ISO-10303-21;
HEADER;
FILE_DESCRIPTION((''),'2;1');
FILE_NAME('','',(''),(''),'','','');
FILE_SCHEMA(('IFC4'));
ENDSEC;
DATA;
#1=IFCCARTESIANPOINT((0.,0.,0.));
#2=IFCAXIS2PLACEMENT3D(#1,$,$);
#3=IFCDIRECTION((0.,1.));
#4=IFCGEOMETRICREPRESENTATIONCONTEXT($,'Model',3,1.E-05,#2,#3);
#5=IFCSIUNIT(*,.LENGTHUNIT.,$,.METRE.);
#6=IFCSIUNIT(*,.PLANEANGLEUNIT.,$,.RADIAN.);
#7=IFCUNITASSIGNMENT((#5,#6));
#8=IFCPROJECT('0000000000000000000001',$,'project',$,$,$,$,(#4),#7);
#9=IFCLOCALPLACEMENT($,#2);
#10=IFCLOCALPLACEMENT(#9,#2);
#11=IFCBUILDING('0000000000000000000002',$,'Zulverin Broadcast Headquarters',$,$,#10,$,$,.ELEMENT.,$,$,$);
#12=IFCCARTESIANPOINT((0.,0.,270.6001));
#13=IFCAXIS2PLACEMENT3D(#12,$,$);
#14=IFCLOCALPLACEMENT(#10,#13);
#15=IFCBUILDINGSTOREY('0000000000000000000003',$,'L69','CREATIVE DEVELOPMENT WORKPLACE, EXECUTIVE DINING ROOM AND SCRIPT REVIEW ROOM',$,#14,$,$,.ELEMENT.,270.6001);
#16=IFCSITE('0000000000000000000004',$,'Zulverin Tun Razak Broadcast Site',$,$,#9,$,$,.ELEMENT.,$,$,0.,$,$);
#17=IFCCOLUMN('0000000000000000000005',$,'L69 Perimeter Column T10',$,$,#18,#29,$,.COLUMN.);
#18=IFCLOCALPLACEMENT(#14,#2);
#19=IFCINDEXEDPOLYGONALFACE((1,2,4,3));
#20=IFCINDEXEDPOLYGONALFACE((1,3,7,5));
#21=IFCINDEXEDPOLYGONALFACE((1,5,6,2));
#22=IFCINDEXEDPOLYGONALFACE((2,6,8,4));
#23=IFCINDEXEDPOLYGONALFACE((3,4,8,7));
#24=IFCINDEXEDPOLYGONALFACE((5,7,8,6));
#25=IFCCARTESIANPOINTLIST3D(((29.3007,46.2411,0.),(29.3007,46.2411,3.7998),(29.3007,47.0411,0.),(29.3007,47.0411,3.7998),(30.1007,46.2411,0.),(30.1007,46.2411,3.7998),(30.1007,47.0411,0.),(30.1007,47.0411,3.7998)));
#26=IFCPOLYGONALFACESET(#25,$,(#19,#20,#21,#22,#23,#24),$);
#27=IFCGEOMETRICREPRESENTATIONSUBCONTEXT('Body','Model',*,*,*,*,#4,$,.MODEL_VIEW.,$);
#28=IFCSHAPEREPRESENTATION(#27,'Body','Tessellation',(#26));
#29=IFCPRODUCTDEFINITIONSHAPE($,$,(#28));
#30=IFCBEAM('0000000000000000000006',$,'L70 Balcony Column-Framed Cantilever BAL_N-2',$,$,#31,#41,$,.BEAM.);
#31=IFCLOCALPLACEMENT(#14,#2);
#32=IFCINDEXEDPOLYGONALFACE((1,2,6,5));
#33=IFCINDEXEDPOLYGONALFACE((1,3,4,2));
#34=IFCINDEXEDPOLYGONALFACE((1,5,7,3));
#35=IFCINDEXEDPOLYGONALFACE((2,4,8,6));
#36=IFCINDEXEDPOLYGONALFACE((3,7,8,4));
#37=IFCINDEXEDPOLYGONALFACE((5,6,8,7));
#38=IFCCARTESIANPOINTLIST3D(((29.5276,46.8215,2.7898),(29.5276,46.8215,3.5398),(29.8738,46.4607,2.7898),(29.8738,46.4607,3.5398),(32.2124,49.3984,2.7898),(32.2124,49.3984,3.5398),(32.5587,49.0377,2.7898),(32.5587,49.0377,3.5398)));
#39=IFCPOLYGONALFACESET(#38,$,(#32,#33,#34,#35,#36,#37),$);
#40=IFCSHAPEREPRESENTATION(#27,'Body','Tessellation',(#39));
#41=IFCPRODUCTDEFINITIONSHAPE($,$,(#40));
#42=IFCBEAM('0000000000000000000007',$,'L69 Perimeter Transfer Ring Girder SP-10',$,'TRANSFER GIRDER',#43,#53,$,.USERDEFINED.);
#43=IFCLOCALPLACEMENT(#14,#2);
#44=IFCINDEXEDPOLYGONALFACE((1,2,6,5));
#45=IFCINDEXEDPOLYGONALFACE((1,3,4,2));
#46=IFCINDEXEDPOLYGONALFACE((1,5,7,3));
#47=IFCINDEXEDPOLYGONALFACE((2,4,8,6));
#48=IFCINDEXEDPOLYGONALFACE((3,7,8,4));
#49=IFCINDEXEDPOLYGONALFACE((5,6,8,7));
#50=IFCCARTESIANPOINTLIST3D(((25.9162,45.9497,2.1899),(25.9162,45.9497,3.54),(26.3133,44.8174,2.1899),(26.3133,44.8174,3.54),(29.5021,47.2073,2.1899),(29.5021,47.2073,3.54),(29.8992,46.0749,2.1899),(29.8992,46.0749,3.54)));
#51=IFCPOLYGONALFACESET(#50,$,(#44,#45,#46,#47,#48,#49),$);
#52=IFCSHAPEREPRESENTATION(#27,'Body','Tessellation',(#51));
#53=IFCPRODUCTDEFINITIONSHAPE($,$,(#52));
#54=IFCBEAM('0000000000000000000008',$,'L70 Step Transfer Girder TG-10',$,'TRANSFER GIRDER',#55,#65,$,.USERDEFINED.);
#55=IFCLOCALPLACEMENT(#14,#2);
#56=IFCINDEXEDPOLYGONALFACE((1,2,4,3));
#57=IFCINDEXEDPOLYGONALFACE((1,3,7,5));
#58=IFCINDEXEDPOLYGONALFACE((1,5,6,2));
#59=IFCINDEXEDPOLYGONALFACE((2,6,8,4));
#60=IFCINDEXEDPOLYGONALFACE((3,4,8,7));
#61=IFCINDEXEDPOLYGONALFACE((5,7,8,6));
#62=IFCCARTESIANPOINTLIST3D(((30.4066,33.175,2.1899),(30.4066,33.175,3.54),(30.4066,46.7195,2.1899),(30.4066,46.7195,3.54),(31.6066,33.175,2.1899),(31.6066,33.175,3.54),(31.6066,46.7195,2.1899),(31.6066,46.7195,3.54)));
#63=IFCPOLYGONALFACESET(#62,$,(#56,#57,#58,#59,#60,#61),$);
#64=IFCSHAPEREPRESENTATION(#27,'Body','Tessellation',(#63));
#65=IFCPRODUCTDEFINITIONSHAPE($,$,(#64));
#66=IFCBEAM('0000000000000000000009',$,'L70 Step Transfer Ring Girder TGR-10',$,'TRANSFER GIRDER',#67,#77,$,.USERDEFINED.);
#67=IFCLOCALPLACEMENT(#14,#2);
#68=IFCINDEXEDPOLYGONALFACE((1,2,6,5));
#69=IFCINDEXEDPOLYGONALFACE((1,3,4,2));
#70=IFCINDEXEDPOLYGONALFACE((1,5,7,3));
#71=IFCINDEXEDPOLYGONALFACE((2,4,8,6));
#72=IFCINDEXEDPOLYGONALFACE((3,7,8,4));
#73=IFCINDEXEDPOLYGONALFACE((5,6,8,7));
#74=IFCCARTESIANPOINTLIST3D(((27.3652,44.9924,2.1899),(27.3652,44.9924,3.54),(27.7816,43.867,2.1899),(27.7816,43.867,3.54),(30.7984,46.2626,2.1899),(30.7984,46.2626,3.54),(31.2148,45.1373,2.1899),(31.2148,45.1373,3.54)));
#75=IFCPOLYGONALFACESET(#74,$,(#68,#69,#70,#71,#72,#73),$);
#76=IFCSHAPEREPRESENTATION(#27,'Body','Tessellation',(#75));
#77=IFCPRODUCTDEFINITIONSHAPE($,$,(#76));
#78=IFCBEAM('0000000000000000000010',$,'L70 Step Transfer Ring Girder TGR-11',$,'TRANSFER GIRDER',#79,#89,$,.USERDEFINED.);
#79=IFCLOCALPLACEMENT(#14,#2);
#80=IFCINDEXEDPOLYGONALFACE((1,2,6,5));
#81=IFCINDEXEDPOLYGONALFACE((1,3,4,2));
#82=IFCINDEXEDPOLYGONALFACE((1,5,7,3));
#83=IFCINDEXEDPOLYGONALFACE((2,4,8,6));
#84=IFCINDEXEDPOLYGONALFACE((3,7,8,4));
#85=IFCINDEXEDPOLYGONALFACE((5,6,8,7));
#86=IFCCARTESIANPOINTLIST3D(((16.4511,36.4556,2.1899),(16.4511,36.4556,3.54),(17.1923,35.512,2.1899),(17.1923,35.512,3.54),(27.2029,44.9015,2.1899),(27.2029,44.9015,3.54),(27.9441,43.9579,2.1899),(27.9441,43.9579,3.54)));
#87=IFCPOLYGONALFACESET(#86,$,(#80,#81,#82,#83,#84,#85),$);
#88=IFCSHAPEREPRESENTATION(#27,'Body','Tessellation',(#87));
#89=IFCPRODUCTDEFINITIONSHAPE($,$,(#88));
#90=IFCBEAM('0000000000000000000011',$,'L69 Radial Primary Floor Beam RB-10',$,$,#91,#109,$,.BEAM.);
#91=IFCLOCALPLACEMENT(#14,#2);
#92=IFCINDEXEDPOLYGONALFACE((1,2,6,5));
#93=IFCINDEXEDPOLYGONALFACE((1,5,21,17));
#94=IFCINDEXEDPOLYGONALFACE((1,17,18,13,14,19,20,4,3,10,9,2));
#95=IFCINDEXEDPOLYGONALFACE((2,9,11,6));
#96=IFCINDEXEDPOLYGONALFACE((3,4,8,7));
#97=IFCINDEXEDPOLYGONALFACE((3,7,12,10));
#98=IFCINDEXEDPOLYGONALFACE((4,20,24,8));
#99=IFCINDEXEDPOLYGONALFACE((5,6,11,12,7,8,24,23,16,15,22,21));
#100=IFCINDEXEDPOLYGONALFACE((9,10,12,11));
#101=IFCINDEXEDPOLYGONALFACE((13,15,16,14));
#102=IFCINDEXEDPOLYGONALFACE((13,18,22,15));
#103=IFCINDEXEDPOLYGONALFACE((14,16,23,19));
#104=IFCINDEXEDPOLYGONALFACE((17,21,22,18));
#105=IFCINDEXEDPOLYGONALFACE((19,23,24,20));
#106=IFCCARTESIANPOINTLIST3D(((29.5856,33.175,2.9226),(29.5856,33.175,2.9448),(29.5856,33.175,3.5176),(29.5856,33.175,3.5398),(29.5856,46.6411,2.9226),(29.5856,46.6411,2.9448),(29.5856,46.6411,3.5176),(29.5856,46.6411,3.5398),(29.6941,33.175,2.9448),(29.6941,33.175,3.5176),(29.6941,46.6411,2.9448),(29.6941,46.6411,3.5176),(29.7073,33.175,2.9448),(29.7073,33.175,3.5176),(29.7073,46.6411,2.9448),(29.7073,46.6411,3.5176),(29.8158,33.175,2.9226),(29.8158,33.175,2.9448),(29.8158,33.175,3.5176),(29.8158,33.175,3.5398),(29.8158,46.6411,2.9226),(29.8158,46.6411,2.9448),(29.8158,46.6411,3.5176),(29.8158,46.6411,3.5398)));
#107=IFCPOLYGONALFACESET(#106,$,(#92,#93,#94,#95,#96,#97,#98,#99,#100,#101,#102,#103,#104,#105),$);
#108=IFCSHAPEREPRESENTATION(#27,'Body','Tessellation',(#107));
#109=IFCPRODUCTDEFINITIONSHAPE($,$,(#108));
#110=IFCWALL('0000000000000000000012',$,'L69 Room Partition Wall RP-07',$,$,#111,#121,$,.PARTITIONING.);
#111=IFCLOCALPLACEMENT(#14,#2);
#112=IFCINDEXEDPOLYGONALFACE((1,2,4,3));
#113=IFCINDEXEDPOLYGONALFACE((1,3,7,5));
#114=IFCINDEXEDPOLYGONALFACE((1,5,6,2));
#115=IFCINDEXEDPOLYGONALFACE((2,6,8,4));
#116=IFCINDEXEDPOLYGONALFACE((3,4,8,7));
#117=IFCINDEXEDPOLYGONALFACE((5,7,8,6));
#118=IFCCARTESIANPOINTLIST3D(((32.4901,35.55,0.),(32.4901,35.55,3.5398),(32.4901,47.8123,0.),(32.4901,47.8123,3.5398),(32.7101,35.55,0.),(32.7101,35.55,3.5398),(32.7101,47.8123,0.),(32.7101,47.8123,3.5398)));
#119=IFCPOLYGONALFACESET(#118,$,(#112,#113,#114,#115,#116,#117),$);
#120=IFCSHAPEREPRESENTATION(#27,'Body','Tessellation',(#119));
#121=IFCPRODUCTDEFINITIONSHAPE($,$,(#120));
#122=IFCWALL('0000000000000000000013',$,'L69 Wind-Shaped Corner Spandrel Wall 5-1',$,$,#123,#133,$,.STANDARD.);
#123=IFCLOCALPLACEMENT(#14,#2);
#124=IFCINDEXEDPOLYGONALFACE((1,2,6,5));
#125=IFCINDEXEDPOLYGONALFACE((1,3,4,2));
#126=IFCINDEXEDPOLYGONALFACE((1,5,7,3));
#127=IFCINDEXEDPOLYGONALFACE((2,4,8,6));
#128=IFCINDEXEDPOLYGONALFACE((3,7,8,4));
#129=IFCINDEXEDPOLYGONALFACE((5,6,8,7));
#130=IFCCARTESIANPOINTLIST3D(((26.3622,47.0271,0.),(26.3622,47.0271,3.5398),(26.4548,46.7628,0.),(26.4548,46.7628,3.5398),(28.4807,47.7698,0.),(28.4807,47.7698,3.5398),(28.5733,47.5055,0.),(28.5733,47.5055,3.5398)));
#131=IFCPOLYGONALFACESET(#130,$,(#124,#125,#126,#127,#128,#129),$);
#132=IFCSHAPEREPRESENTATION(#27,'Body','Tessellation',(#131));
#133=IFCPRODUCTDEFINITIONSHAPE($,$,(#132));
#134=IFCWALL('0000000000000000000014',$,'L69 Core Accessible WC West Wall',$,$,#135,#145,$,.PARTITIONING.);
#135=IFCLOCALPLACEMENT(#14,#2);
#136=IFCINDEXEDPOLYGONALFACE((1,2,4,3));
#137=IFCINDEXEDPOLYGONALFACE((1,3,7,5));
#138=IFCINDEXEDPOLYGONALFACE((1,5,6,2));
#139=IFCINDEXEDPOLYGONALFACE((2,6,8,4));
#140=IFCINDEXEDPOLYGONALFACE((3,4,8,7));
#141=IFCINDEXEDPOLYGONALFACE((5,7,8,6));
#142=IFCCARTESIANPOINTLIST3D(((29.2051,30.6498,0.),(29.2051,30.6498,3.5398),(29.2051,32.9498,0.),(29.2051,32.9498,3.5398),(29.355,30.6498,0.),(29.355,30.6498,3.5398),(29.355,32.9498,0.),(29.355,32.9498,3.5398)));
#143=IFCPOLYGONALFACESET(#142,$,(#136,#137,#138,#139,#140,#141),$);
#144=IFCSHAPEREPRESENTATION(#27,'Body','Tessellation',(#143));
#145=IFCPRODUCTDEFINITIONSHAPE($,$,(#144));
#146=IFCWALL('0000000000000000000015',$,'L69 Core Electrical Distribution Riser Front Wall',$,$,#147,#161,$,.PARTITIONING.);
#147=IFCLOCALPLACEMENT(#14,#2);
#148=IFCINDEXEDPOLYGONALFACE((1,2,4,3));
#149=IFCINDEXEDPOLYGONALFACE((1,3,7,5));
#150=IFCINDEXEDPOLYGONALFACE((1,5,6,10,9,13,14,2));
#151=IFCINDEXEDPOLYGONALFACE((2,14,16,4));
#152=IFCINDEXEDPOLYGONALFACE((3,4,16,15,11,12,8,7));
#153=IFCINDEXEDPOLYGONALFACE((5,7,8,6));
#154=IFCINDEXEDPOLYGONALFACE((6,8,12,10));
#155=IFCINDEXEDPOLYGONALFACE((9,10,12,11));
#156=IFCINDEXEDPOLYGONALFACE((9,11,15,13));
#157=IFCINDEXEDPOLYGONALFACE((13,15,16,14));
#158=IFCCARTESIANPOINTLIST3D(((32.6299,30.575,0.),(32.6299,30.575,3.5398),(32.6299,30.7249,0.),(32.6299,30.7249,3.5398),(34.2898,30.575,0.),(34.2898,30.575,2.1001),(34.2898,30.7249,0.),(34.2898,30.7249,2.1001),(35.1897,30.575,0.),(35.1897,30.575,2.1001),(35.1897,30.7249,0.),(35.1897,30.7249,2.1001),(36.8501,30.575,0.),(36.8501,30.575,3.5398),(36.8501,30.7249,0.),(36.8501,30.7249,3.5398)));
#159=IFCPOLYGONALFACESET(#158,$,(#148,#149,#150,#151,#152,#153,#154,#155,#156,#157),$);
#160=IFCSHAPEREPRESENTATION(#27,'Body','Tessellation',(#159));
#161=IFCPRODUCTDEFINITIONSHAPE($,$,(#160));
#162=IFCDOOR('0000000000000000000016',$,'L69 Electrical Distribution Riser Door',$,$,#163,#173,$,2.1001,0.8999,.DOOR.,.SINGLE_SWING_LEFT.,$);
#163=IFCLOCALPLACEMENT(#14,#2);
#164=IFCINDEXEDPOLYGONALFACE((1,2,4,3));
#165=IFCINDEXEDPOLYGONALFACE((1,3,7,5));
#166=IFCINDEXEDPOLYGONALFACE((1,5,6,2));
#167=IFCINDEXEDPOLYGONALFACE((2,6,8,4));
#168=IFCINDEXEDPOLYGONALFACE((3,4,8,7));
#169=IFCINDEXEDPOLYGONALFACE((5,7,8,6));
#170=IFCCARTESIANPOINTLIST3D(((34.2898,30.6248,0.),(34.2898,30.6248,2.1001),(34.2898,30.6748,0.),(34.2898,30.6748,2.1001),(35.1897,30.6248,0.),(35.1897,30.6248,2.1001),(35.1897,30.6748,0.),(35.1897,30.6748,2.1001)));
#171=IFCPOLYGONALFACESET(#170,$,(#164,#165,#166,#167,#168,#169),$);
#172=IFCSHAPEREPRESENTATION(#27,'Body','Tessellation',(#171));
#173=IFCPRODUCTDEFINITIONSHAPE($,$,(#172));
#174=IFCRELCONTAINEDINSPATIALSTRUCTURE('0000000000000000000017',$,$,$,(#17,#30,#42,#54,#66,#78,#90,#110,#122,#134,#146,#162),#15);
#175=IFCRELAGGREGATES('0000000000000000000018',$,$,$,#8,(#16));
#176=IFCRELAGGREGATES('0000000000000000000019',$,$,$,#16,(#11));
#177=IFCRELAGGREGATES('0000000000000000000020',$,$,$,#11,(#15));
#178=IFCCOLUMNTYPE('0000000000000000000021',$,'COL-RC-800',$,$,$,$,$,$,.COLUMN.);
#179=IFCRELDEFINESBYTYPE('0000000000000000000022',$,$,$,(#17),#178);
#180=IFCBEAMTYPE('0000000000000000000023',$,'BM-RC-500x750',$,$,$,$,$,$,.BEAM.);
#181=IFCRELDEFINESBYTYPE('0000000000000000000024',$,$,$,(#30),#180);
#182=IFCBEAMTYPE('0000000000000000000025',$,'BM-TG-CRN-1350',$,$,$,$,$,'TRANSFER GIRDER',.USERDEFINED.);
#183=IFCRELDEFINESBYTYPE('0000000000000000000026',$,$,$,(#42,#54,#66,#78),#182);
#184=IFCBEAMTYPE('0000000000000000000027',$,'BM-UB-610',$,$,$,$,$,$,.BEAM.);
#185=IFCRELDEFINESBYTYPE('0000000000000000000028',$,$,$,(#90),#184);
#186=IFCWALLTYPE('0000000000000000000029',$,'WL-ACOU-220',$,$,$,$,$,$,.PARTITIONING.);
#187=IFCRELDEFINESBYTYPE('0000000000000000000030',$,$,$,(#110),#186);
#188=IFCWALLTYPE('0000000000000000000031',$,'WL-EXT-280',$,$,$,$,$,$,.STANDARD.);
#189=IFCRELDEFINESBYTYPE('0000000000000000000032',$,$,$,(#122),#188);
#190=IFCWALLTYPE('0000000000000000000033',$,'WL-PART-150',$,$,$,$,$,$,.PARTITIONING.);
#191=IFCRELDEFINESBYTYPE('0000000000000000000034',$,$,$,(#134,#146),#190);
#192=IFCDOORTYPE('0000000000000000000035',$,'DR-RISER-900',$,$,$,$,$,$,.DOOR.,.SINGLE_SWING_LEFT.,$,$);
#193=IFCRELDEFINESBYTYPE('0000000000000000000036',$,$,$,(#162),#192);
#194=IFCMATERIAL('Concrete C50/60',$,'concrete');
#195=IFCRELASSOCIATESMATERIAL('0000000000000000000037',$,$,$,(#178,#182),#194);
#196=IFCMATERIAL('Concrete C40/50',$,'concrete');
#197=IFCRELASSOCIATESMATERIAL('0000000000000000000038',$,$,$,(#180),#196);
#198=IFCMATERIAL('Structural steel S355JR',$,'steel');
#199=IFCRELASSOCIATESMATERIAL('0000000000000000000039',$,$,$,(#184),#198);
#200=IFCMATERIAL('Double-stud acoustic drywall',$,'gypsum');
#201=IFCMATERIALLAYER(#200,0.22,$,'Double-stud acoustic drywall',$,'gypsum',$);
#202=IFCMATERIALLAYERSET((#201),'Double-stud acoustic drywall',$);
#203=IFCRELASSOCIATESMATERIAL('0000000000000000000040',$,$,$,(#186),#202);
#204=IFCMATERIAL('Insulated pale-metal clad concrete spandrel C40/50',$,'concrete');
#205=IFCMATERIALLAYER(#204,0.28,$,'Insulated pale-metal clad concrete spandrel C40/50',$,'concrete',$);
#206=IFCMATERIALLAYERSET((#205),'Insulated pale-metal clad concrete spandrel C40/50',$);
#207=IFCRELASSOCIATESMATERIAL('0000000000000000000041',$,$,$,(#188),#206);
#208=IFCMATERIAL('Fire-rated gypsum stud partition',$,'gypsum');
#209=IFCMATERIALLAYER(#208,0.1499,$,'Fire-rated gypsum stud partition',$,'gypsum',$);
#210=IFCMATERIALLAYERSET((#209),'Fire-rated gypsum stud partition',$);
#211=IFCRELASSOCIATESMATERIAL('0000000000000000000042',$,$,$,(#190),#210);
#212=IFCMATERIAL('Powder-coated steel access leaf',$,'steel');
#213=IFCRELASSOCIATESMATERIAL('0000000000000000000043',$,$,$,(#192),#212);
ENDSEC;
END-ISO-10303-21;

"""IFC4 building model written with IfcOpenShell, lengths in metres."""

from ifc_helpers import new_model, si_unit, direction, frame, frame_2d, origin, origin_2d, place, context, subcontext, project, spatial, rectangle, i_section, extrude, material, layer, layer_set, material_profile, profile_set, type_object, element, fill, save


model = new_model("IFC4")

# Units and contexts
model_context = context("Model", 3, precision=1e-05, world=origin(), true_north=direction((0.0, 1.0)))
body_context = subcontext(model_context, "Body", "Model", "MODEL_VIEW")
ifc_project = project(units=[si_unit("LENGTHUNIT", "METRE"), si_unit("PLANEANGLEUNIT", "RADIAN")], contexts=[model_context])

# Site, building, storey
site_placement = place(None, origin())
site = spatial("IfcSite", under=ifc_project, at=site_placement, Name="Zulverin Tun Razak Broadcast Site", CompositionType="ELEMENT", RefElevation=0.0)
building_placement = place(site_placement, origin())
building = spatial("IfcBuilding", under=site, at=building_placement, Name="Zulverin Broadcast Headquarters", CompositionType="ELEMENT")
storey_placement = place(building_placement, frame((0.0, 0.0, 270.6001)))
storey = spatial("IfcBuildingStorey", under=building, at=storey_placement, Name="L69", Description="CREATIVE DEVELOPMENT WORKPLACE, EXECUTIVE DINING ROOM AND SCRIPT REVIEW ROOM", CompositionType="ELEMENT", Elevation=270.6001)

# Column
ifc_material_1 = material(Name="Concrete C50/60", Category="concrete")
ifc_material_profile_1 = material_profile(ifc_material_1, rectangle(XDim=0.8, YDim=0.8, at=origin_2d()), Name="Concrete C50/60", Category="concrete")
ifc_profile_set_1 = profile_set([ifc_material_profile_1], Name="Concrete C50/60")
column_type = type_object("IfcColumnType", Name="COL-RC-800", PredefinedType="COLUMN", material=ifc_profile_set_1)
column_placement = place(storey_placement, frame((29.7007, 46.6411, 0.0), z_axis=(0.0, 0.0, 1.0), x_axis=(1.0, 0.0, 0.0)))
element("IfcColumn", 1, at=column_placement, inside=storey, type_object=column_type, Name="L69 Perimeter Column T10", PredefinedType="COLUMN", context=body_context, shape_type="SweptSolid", body=[
    extrude(rectangle(XDim=0.8, YDim=0.8, at=origin_2d()), origin(), (0.0, 0.0, 1.0), 3.7998),
])

# Beams
ifc_material_2 = material(Name="Concrete C40/50", Category="concrete")
ifc_material_profile_2 = material_profile(ifc_material_2, rectangle(XDim=0.5, YDim=0.75, at=origin_2d()), Name="Concrete C40/50", Category="concrete")
ifc_profile_set_2 = profile_set([ifc_material_profile_2], Name="Concrete C40/50")
beam_type_1 = type_object("IfcBeamType", Name="BM-RC-500x750", PredefinedType="BEAM", material=ifc_profile_set_2)
beam_1_placement = place(storey_placement, frame((29.7007, 46.6411, 3.1648), z_axis=(0.721457, 0.692459, 0.0), x_axis=(-0.692459, 0.721457, 0.0)))
element("IfcBeam", 2, at=beam_1_placement, inside=storey, type_object=beam_type_1, Name="L70 Balcony Column-Framed Cantilever BAL_N-2", PredefinedType="BEAM", context=body_context, shape_type="SweptSolid", body=[
    extrude(rectangle(XDim=0.5, YDim=0.75, at=origin_2d()), origin(), (0.0, 0.0, 1.0), 3.7214),
])
ifc_material_profile_3 = material_profile(ifc_material_1, rectangle(XDim=1.2, YDim=1.3501, at=origin_2d()), Name="Concrete C50/60", Category="concrete")
ifc_profile_set_3 = profile_set([ifc_material_profile_3], Name="Concrete C50/60")
beam_type_2 = type_object("IfcBeamType", Name="BM-TG-CRN-1350", ElementType="TRANSFER GIRDER", PredefinedType="USERDEFINED", material=ifc_profile_set_3)
beam_2_placement = place(storey_placement, frame((29.7007, 46.6411, 2.865), z_axis=(-0.943654, -0.330934, 0.0), x_axis=(0.330934, -0.943654, 0.0)))
element("IfcBeam", 3, at=beam_2_placement, inside=storey, type_object=beam_type_2, Name="L69 Perimeter Transfer Ring Girder SP-10", ObjectType="TRANSFER GIRDER", PredefinedType="USERDEFINED", context=body_context, shape_type="SweptSolid", body=[
    extrude(rectangle(XDim=1.2, YDim=1.3501, at=origin_2d()), origin(), (0.0, 0.0, 1.0), 3.8),
])
beam_3_placement = place(storey_placement, frame((31.0066, 33.175, 2.865), z_axis=(0.0, 1.0, 0.0), x_axis=(-1.0, 0.0, 0.0)))
element("IfcBeam", 4, at=beam_3_placement, inside=storey, type_object=beam_type_2, Name="L70 Step Transfer Girder TG-10", ObjectType="TRANSFER GIRDER", PredefinedType="USERDEFINED", context=body_context, shape_type="SweptSolid", body=[
    extrude(rectangle(XDim=1.2, YDim=1.3501, at=origin_2d()), origin(), (0.0, 0.0, 1.0), 13.5444),
])
beam_4_placement = place(storey_placement, frame((31.0066, 45.7, 2.865), z_axis=(-0.937861, -0.347012, 0.0), x_axis=(0.347012, -0.937861, 0.0)))
element("IfcBeam", 5, at=beam_4_placement, inside=storey, type_object=beam_type_2, Name="L70 Step Transfer Ring Girder TGR-10", ObjectType="TRANSFER GIRDER", PredefinedType="USERDEFINED", context=body_context, shape_type="SweptSolid", body=[
    extrude(rectangle(XDim=1.2, YDim=1.3501, at=origin_2d()), origin(), (0.0, 0.0, 1.0), 3.6606),
])
beam_5_placement = place(storey_placement, frame((27.5735, 44.4297, 2.865), z_axis=(-0.786388, -0.617732, 0.0), x_axis=(0.617732, -0.786388, 0.0)))
element("IfcBeam", 6, at=beam_5_placement, inside=storey, type_object=beam_type_2, Name="L70 Step Transfer Ring Girder TGR-11", ObjectType="TRANSFER GIRDER", PredefinedType="USERDEFINED", context=body_context, shape_type="SweptSolid", body=[
    extrude(rectangle(XDim=1.2, YDim=1.3501, at=origin_2d()), origin(), (0.0, 0.0, 1.0), 13.6724),
])
ifc_material_3 = material(Name="Structural steel S355JR", Category="steel")
ifc_material_profile_4 = material_profile(ifc_material_3, i_section(OverallWidth=0.2302, OverallDepth=0.6172, WebThickness=0.0132, FlangeThickness=0.0222, at=origin_2d()), Name="Structural steel S355JR", Category="steel")
ifc_profile_set_4 = profile_set([ifc_material_profile_4], Name="Structural steel S355JR")
beam_type_3 = type_object("IfcBeamType", Name="BM-UB-610", PredefinedType="BEAM", material=ifc_profile_set_4)
beam_6_placement = place(storey_placement, frame((29.7007, 33.175, 3.2312), z_axis=(0.0, 1.0, 0.0), x_axis=(-1.0, 0.0, 0.0)))
element("IfcBeam", 7, at=beam_6_placement, inside=storey, type_object=beam_type_3, Name="L69 Radial Primary Floor Beam RB-10", PredefinedType="BEAM", context=body_context, shape_type="SweptSolid", body=[
    extrude(i_section(OverallWidth=0.2302, OverallDepth=0.6172, WebThickness=0.0132, FlangeThickness=0.0222, at=origin_2d()), origin(), (0.0, 0.0, 1.0), 13.4661),
])

# Walls
ifc_material_4 = material(Name="Double-stud acoustic drywall", Category="gypsum")
ifc_layer_1 = layer(ifc_material_4, 0.22, Name="Double-stud acoustic drywall", Category="gypsum")
ifc_layer_set_1 = layer_set([ifc_layer_1], Name="Double-stud acoustic drywall")
wall_type_1 = type_object("IfcWallType", Name="WL-ACOU-220", PredefinedType="PARTITIONING", material=ifc_layer_set_1)
wall_1_placement = place(storey_placement, frame((32.6001, 35.55, 0.0), z_axis=(0.0, 0.0, 1.0), x_axis=(0.0, 1.0, 0.0)))
element("IfcWall", 8, at=wall_1_placement, inside=storey, type_object=wall_type_1, Name="L69 Room Partition Wall RP-07", PredefinedType="PARTITIONING", context=body_context, shape_type="SweptSolid", body=[
    extrude(rectangle(XDim=12.2622, YDim=0.22, at=frame_2d((6.1311, 0.0))), origin(), (0.0, 0.0, 1.0), 3.5398),
])
ifc_material_5 = material(Name="Insulated pale-metal clad concrete spandrel C40/50", Category="concrete")
ifc_layer_2 = layer(ifc_material_5, 0.28, Name="Insulated pale-metal clad concrete spandrel C40/50", Category="concrete")
ifc_layer_set_2 = layer_set([ifc_layer_2], Name="Insulated pale-metal clad concrete spandrel C40/50")
wall_type_2 = type_object("IfcWallType", Name="WL-EXT-280", PredefinedType="STANDARD", material=ifc_layer_set_2)
wall_2_placement = place(storey_placement, frame((28.5271, 47.6377, 0.0), z_axis=(0.0, 0.0, 1.0), x_axis=(-0.943687, -0.33084, 0.0)))
element("IfcWall", 9, at=wall_2_placement, inside=storey, type_object=wall_type_2, Name="L69 Wind-Shaped Corner Spandrel Wall 5-1", PredefinedType="STANDARD", context=body_context, shape_type="SweptSolid", body=[
    extrude(rectangle(XDim=2.2449, YDim=0.28, at=frame_2d((1.1226, 0.0))), origin(), (0.0, 0.0, 1.0), 3.5398),
])
ifc_material_6 = material(Name="Fire-rated gypsum stud partition", Category="gypsum")
ifc_layer_3 = layer(ifc_material_6, 0.1499, Name="Fire-rated gypsum stud partition", Category="gypsum")
ifc_layer_set_3 = layer_set([ifc_layer_3], Name="Fire-rated gypsum stud partition")
wall_type_3 = type_object("IfcWallType", Name="WL-PART-150", PredefinedType="PARTITIONING", material=ifc_layer_set_3)
wall_3_placement = place(storey_placement, frame((29.28, 30.6499, 0.0), z_axis=(0.0, 0.0, 1.0), x_axis=(0.0, 1.0, 0.0)))
element("IfcWall", 10, at=wall_3_placement, inside=storey, type_object=wall_type_3, Name="L69 Core Accessible WC West Wall", PredefinedType="PARTITIONING", context=body_context, shape_type="SweptSolid", body=[
    extrude(rectangle(XDim=2.3, YDim=0.1499, at=frame_2d((1.1499, 0.0))), origin(), (0.0, 0.0, 1.0), 3.5398),
])

# Wall, opening, door
wall_4_placement = place(storey_placement, frame((32.6299, 30.6499, 0.0), z_axis=(0.0, 0.0, 1.0), x_axis=(1.0, 0.0, 0.0)))
wall_4 = element("IfcWall", 11, at=wall_4_placement, inside=storey, type_object=wall_type_3, Name="L69 Core Electrical Distribution Riser Front Wall", PredefinedType="PARTITIONING", context=body_context, shape_type="SweptSolid", body=[
    extrude(rectangle(XDim=4.2202, YDim=0.1499, at=frame_2d((2.1101, 0.0))), origin(), (0.0, 0.0, 1.0), 3.5398),
])
opening_1_placement = place(wall_4_placement, frame((1.6599, 0.0, 0.0)))
opening_1 = element("IfcOpeningElement", 12, at=opening_1_placement, cuts=wall_4, PredefinedType="OPENING", context=body_context, shape_type="SweptSolid", body=[
    extrude(rectangle(XDim=0.8999, YDim=2.1001, at=frame_2d((0.45, 1.05))), frame((0.0, 0.085, 0.0), z_axis=(0.0, -1.0, 0.0), x_axis=(1.0, 0.0, 0.0)), (0.0, 0.0, 1.0), 0.1699),
])
ifc_material_7 = material(Name="Powder-coated steel access leaf", Category="steel")
door_type_1 = type_object("IfcDoorType", Name="DR-RISER-900", OperationType="SINGLE_SWING_LEFT", PredefinedType="DOOR", material=ifc_material_7)
door_1_placement = place(opening_1_placement, origin())
door_1 = element("IfcDoor", 13, at=door_1_placement, inside=storey, type_object=door_type_1, Name="L69 Electrical Distribution Riser Door", OperationType="SINGLE_SWING_LEFT", OverallHeight=2.1001, OverallWidth=0.8999, PredefinedType="DOOR", context=body_context, shape_type="SweptSolid", body=[
    extrude(rectangle(XDim=0.8999, YDim=2.1001, at=frame_2d((0.45, 1.05))), frame((0.0, 0.0249, 0.0), z_axis=(0.0, -1.0, 0.0), x_axis=(1.0, 0.0, 0.0)), (0.0, 0.0, 1.0), 0.05),
])
fill(opening_1, door_1)

save(model, "model.ifc")
